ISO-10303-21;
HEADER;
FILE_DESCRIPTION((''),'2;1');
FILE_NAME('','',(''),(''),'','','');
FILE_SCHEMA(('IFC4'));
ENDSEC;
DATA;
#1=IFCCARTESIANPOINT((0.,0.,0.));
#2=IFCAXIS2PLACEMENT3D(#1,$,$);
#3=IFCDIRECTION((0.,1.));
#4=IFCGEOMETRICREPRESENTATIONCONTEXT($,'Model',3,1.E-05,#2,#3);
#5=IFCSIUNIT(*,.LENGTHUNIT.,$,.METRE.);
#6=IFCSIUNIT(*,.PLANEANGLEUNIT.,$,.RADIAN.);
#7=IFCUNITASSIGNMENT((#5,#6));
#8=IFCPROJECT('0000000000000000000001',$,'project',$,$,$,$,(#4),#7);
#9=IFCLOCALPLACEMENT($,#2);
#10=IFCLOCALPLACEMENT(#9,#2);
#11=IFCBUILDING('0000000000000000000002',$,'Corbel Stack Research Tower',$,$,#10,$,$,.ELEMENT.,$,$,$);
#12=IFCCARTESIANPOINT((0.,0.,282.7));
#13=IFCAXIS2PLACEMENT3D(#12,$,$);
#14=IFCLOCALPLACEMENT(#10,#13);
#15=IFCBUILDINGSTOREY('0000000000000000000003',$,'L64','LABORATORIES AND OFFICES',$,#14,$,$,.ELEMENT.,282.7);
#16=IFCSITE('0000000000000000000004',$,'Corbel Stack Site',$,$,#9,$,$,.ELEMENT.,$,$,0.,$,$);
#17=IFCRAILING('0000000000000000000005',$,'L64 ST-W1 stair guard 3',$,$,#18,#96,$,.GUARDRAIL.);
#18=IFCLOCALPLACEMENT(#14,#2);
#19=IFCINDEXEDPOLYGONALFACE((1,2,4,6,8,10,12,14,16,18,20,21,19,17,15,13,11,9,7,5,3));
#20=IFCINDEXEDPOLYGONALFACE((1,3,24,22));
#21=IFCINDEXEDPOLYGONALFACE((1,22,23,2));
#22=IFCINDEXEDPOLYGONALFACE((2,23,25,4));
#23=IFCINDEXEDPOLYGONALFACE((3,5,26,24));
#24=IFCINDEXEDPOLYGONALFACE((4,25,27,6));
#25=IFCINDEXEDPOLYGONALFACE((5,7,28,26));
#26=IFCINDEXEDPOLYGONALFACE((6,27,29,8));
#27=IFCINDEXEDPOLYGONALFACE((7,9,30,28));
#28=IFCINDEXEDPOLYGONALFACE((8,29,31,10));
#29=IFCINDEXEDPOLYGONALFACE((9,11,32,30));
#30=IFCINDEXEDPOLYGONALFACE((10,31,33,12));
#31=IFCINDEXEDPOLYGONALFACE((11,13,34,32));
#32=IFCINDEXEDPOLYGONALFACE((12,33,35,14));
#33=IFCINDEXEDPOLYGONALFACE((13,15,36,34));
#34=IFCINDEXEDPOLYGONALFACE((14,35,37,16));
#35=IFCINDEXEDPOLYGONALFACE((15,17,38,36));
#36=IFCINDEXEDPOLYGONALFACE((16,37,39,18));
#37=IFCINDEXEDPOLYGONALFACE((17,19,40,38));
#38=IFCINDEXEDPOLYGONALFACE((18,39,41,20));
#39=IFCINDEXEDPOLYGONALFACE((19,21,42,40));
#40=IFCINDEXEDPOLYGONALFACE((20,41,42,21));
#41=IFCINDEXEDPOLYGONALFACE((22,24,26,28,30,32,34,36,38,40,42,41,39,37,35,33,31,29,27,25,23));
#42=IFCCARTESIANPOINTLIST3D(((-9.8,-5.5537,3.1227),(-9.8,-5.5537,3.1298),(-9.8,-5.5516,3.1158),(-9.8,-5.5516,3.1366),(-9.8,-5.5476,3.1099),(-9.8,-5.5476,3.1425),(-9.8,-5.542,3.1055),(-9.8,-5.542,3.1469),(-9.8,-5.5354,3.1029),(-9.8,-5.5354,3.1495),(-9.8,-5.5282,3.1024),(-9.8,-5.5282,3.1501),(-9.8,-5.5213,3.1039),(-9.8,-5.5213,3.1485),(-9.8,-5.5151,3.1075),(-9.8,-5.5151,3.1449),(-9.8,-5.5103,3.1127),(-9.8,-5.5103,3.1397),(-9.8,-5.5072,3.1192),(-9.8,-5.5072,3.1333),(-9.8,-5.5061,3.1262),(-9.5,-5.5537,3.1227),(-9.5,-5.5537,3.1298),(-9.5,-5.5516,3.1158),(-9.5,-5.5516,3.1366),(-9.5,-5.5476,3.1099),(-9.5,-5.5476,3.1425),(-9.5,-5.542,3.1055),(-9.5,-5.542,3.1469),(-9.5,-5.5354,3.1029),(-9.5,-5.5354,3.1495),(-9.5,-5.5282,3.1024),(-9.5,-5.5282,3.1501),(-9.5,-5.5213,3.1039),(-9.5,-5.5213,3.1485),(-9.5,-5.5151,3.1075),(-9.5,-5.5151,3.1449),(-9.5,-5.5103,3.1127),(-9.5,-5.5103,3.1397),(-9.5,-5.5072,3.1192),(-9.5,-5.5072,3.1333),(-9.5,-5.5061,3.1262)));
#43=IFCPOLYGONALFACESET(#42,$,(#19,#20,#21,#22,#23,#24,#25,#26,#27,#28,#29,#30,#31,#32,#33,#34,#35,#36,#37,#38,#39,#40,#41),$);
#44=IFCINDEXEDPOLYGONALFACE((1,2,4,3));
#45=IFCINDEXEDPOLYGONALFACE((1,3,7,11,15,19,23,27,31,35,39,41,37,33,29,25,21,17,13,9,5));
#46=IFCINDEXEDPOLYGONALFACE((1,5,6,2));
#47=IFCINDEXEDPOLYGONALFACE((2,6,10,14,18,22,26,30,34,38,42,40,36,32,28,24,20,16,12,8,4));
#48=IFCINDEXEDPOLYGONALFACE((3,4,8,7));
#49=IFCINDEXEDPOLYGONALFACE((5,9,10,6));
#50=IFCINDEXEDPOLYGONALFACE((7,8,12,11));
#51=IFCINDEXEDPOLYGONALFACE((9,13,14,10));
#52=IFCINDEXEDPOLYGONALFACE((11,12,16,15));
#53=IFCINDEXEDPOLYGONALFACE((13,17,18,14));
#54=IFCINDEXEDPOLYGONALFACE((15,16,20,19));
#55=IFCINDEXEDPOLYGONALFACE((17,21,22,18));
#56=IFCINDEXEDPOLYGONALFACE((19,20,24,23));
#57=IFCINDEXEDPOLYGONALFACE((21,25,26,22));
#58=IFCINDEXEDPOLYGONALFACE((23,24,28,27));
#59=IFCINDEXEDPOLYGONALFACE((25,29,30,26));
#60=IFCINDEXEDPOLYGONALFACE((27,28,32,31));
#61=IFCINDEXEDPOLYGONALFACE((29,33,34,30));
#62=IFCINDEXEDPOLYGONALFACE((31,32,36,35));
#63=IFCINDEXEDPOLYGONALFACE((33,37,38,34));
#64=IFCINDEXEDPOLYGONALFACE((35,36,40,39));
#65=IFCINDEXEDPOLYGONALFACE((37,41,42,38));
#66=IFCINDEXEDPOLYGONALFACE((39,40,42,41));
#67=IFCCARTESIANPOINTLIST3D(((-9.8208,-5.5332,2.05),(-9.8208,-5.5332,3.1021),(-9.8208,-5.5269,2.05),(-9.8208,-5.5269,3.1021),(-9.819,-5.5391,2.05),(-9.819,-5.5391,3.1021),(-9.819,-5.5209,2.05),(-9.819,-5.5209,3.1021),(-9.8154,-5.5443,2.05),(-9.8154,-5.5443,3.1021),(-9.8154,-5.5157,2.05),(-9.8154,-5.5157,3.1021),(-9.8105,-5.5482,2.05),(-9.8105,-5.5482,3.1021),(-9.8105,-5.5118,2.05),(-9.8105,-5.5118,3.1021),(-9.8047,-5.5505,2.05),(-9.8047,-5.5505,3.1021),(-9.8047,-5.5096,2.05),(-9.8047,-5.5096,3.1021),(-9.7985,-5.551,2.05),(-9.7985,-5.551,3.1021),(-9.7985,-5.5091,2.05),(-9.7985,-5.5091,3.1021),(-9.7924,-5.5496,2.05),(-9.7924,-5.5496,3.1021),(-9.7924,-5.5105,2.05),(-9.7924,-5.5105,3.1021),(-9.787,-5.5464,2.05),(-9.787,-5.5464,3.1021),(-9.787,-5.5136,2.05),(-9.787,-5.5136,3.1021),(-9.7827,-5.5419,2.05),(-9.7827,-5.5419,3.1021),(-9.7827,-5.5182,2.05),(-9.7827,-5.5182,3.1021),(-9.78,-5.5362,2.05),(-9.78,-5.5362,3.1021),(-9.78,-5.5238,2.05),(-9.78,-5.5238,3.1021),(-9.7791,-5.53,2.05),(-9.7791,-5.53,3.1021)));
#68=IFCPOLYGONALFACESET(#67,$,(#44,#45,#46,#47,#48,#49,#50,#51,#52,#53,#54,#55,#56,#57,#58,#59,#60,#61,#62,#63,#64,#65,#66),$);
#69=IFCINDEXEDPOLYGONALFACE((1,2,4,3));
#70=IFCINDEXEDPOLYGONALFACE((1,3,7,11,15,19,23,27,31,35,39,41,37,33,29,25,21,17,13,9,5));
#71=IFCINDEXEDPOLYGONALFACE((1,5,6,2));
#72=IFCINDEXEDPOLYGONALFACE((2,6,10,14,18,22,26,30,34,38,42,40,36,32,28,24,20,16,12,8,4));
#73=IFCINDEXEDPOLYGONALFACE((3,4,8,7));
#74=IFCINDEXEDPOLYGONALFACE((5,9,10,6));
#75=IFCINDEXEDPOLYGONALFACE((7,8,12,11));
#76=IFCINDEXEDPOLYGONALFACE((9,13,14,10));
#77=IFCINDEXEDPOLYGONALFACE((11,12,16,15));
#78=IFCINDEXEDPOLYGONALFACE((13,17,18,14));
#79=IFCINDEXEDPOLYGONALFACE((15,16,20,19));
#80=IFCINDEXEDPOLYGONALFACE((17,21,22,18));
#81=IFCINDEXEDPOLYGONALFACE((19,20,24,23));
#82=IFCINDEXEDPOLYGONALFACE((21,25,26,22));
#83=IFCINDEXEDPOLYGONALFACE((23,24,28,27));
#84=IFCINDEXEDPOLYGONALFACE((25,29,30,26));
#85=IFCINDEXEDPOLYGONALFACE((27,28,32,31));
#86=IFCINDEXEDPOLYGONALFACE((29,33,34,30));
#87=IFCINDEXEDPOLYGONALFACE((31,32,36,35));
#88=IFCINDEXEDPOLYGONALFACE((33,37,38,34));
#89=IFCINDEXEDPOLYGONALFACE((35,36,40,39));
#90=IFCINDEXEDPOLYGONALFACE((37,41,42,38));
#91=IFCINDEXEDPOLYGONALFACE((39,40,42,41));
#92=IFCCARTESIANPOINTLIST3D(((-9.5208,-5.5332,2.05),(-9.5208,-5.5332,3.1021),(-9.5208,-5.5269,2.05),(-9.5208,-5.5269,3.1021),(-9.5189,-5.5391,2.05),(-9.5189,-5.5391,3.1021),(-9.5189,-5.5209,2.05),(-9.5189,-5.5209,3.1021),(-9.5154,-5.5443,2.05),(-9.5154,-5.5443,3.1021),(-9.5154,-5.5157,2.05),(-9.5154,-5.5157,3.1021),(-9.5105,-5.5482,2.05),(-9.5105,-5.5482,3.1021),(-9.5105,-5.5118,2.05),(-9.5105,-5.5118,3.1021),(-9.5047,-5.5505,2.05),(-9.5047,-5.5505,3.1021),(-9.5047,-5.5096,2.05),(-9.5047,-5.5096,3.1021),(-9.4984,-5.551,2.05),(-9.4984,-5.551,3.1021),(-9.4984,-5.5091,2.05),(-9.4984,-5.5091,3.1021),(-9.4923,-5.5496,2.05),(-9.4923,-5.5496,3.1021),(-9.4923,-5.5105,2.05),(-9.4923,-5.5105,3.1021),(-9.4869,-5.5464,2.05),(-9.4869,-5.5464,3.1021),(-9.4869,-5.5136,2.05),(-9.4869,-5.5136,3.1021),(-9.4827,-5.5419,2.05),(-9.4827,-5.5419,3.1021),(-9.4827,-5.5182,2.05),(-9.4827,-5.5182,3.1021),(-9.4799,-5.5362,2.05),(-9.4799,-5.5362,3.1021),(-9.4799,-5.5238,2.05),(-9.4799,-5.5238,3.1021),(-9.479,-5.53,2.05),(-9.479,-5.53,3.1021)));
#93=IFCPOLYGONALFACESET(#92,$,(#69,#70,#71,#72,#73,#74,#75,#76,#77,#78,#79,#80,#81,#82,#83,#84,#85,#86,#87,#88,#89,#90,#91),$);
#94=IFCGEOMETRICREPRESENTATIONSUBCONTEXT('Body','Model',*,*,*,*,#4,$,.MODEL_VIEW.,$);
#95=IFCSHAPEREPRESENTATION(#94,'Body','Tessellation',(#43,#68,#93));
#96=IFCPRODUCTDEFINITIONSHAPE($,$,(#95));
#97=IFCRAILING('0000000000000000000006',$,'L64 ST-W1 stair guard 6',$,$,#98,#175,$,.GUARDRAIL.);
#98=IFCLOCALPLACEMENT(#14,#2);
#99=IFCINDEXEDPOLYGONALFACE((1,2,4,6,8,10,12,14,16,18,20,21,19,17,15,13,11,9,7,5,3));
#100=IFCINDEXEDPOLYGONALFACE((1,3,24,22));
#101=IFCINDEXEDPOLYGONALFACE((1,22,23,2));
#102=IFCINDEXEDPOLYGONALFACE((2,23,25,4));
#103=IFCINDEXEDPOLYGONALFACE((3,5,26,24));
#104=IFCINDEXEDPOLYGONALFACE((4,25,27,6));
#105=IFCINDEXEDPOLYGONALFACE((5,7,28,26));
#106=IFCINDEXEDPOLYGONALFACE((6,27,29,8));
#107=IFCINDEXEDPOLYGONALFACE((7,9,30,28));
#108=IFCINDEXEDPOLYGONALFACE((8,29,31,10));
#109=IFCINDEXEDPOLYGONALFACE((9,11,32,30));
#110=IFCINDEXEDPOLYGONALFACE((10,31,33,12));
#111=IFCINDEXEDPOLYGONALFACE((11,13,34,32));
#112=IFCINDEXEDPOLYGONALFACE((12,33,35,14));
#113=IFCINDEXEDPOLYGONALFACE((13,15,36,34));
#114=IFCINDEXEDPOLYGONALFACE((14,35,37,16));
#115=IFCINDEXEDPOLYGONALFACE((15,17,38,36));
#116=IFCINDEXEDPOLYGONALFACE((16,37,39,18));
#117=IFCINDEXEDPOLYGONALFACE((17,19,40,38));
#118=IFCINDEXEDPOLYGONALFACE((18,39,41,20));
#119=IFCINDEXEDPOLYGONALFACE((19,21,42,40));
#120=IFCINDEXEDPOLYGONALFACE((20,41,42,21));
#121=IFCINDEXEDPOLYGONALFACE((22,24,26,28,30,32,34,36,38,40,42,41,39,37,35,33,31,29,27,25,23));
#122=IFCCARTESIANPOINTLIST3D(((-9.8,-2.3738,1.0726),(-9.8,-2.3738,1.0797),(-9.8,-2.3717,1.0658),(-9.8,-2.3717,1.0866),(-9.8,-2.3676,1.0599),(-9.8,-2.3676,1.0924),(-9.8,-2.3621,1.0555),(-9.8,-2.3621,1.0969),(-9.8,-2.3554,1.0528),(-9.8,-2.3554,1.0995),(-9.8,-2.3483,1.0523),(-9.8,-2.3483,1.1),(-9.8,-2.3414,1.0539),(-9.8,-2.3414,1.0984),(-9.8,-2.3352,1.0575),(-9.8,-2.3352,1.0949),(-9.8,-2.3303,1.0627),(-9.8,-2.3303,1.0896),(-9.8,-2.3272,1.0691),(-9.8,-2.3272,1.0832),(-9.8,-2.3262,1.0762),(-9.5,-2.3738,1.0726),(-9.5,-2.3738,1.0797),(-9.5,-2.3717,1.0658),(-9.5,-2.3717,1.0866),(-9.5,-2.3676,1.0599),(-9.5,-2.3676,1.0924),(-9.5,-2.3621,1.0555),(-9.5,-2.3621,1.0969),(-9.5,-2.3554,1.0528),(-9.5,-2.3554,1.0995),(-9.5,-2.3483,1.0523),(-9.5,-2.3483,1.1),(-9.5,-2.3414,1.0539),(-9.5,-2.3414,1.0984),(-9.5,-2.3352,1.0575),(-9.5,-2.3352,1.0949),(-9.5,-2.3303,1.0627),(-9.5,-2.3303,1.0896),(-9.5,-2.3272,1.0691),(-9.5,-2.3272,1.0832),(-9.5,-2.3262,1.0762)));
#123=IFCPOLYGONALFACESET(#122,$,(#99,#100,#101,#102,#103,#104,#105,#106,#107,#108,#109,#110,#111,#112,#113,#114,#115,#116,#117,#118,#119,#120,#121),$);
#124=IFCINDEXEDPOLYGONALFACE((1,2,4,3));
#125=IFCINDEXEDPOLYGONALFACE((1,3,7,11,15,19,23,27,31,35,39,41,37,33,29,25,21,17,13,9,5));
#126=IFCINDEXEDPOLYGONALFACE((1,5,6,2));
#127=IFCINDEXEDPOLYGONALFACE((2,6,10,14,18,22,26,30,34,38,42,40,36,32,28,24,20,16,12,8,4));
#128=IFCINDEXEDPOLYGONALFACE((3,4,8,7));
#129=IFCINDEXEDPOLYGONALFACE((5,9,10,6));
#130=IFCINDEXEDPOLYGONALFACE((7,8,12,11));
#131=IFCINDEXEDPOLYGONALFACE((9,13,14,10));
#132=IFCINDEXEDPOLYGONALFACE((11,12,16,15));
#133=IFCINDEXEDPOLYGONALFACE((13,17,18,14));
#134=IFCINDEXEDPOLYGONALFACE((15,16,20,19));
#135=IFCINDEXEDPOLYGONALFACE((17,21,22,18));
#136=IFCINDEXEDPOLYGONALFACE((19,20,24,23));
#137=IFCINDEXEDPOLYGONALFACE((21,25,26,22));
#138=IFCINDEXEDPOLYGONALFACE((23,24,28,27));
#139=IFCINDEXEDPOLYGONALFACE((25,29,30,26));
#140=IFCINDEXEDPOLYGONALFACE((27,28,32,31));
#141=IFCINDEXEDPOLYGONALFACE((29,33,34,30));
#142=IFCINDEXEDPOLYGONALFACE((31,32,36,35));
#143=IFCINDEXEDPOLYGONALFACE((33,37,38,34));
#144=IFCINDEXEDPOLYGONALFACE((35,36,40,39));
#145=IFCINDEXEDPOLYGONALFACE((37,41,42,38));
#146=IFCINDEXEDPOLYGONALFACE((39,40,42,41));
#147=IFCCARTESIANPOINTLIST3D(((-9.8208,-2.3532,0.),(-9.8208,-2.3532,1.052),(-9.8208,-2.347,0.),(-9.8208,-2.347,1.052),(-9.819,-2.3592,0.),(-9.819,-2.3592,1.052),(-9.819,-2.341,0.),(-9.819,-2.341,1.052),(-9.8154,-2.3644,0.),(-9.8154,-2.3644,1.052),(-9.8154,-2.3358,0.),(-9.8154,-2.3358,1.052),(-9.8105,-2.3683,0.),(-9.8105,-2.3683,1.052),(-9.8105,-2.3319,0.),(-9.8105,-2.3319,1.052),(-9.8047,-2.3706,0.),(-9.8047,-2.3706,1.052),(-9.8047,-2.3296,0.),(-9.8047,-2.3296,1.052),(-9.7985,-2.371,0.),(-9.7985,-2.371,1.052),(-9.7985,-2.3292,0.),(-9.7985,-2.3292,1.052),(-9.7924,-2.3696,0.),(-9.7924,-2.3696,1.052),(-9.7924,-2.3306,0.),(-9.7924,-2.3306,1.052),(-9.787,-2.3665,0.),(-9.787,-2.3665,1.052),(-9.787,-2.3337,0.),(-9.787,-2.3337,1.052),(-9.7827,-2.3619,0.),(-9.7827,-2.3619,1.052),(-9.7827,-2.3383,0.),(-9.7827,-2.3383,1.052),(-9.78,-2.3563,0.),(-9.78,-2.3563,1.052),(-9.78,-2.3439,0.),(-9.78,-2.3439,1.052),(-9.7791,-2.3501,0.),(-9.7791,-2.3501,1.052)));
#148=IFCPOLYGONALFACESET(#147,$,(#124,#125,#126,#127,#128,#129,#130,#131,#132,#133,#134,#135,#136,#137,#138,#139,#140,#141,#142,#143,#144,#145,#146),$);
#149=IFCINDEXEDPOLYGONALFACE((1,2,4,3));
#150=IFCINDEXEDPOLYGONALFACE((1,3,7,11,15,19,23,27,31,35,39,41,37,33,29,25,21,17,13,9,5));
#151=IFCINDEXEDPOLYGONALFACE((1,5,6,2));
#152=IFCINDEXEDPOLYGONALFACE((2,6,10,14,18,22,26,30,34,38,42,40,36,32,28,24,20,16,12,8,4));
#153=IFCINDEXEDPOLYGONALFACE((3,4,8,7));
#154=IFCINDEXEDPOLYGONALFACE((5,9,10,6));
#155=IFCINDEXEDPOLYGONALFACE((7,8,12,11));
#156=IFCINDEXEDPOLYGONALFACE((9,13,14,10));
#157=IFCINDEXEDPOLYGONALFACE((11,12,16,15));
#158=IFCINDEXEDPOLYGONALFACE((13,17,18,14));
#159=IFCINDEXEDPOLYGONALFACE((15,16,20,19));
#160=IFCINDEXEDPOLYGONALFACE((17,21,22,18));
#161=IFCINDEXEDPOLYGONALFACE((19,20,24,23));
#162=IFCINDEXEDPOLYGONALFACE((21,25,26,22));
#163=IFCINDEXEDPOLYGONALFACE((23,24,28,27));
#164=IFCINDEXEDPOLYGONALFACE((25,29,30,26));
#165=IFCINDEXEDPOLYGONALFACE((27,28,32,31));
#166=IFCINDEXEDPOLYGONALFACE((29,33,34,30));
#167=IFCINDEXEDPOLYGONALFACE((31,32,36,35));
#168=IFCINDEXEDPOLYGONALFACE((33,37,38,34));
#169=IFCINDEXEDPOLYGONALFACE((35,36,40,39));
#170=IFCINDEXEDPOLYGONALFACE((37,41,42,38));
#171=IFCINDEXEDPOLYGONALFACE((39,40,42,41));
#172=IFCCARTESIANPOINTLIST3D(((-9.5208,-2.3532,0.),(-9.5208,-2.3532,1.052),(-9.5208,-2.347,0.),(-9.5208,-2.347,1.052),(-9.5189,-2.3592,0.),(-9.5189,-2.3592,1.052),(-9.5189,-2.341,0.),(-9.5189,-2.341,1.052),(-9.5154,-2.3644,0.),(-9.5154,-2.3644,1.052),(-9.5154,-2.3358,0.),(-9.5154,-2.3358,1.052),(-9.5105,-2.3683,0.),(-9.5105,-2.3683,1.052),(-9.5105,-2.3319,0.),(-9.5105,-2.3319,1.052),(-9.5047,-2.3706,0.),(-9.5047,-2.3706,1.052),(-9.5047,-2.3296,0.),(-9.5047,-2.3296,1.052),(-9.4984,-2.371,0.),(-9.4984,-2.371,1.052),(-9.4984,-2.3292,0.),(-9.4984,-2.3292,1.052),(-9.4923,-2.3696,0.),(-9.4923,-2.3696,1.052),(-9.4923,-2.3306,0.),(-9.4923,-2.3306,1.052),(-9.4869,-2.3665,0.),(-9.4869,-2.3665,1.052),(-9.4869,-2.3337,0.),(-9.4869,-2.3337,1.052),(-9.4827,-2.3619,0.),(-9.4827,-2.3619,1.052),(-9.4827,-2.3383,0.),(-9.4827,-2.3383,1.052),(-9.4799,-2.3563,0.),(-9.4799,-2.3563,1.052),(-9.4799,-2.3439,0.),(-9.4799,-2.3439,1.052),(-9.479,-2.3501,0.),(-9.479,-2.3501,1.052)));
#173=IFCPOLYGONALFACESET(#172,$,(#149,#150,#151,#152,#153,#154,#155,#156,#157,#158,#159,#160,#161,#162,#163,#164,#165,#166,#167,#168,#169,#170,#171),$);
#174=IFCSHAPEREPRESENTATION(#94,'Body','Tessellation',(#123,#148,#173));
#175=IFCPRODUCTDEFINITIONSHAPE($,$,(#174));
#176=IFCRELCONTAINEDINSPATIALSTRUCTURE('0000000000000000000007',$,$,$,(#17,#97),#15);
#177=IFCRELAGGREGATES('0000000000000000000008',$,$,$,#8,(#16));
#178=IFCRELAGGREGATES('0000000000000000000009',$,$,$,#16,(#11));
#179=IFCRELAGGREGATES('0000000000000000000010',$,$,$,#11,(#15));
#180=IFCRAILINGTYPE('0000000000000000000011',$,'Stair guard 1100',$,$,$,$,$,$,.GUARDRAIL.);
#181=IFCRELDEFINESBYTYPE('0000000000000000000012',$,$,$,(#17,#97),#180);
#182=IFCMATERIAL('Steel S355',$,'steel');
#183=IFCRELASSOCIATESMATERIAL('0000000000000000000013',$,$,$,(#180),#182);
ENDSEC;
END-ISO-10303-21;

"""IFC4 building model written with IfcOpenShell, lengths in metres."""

from ifc_helpers import new_model, si_unit, direction, frame, origin, origin_2d, place, context, subcontext, project, spatial, circle, extrude, material, type_object, element, save


model = new_model("IFC4")

# Units and contexts
model_context = context("Model", 3, precision=1e-05, world=origin(), true_north=direction((0.0, 1.0)))
body_context = subcontext(model_context, "Body", "Model", "MODEL_VIEW")
ifc_project = project(units=[si_unit("LENGTHUNIT", "METRE"), si_unit("PLANEANGLEUNIT", "RADIAN")], contexts=[model_context])

# Site, building, storey
site_placement = place(None, origin())
site = spatial("IfcSite", under=ifc_project, at=site_placement, Name="Corbel Stack Site", CompositionType="ELEMENT", RefElevation=0.0)
building_placement = place(site_placement, origin())
building = spatial("IfcBuilding", under=site, at=building_placement, Name="Corbel Stack Research Tower", CompositionType="ELEMENT")
storey_placement = place(building_placement, frame((0.0, 0.0, 282.7)))
storey = spatial("IfcBuildingStorey", under=building, at=storey_placement, Name="L64", Description="LABORATORIES AND OFFICES", CompositionType="ELEMENT", Elevation=282.7)

# Railings
ifc_material_1 = material(Name="Steel S355", Category="steel")
railing_type = type_object("IfcRailingType", Name="Stair guard 1100", PredefinedType="GUARDRAIL", material=ifc_material_1)
for number, where, name in (
    (1, (-9.8, -5.53, 2.05), "L64 ST-W1 stair guard 3"),
    (2, (-9.8, -2.3501, 0.0), "L64 ST-W1 stair guard 6"),
):
    element("IfcRailing", number, at=place(storey_placement, frame(where)), inside=storey, type_object=railing_type, Name=name, PredefinedType="GUARDRAIL", context=body_context, shape_type="SweptSolid", body=[
        extrude(circle(Radius=0.0239, at=origin_2d()), frame((0.0, 0.0, 1.0762), z_axis=(1.0, 0.0, 0.0), x_axis=(0.0, 1.0, 0.0)), (0.0, 0.0, 1.0), 0.3),
        extrude(circle(Radius=0.021, at=origin_2d()), origin(), (0.0, 0.0, 1.0), 1.052),
        extrude(circle(Radius=0.021, at=origin_2d()), frame((0.3, 0.0, 0.0)), (0.0, 0.0, 1.0), 1.052),
    ])

save(model, "model.ifc")
